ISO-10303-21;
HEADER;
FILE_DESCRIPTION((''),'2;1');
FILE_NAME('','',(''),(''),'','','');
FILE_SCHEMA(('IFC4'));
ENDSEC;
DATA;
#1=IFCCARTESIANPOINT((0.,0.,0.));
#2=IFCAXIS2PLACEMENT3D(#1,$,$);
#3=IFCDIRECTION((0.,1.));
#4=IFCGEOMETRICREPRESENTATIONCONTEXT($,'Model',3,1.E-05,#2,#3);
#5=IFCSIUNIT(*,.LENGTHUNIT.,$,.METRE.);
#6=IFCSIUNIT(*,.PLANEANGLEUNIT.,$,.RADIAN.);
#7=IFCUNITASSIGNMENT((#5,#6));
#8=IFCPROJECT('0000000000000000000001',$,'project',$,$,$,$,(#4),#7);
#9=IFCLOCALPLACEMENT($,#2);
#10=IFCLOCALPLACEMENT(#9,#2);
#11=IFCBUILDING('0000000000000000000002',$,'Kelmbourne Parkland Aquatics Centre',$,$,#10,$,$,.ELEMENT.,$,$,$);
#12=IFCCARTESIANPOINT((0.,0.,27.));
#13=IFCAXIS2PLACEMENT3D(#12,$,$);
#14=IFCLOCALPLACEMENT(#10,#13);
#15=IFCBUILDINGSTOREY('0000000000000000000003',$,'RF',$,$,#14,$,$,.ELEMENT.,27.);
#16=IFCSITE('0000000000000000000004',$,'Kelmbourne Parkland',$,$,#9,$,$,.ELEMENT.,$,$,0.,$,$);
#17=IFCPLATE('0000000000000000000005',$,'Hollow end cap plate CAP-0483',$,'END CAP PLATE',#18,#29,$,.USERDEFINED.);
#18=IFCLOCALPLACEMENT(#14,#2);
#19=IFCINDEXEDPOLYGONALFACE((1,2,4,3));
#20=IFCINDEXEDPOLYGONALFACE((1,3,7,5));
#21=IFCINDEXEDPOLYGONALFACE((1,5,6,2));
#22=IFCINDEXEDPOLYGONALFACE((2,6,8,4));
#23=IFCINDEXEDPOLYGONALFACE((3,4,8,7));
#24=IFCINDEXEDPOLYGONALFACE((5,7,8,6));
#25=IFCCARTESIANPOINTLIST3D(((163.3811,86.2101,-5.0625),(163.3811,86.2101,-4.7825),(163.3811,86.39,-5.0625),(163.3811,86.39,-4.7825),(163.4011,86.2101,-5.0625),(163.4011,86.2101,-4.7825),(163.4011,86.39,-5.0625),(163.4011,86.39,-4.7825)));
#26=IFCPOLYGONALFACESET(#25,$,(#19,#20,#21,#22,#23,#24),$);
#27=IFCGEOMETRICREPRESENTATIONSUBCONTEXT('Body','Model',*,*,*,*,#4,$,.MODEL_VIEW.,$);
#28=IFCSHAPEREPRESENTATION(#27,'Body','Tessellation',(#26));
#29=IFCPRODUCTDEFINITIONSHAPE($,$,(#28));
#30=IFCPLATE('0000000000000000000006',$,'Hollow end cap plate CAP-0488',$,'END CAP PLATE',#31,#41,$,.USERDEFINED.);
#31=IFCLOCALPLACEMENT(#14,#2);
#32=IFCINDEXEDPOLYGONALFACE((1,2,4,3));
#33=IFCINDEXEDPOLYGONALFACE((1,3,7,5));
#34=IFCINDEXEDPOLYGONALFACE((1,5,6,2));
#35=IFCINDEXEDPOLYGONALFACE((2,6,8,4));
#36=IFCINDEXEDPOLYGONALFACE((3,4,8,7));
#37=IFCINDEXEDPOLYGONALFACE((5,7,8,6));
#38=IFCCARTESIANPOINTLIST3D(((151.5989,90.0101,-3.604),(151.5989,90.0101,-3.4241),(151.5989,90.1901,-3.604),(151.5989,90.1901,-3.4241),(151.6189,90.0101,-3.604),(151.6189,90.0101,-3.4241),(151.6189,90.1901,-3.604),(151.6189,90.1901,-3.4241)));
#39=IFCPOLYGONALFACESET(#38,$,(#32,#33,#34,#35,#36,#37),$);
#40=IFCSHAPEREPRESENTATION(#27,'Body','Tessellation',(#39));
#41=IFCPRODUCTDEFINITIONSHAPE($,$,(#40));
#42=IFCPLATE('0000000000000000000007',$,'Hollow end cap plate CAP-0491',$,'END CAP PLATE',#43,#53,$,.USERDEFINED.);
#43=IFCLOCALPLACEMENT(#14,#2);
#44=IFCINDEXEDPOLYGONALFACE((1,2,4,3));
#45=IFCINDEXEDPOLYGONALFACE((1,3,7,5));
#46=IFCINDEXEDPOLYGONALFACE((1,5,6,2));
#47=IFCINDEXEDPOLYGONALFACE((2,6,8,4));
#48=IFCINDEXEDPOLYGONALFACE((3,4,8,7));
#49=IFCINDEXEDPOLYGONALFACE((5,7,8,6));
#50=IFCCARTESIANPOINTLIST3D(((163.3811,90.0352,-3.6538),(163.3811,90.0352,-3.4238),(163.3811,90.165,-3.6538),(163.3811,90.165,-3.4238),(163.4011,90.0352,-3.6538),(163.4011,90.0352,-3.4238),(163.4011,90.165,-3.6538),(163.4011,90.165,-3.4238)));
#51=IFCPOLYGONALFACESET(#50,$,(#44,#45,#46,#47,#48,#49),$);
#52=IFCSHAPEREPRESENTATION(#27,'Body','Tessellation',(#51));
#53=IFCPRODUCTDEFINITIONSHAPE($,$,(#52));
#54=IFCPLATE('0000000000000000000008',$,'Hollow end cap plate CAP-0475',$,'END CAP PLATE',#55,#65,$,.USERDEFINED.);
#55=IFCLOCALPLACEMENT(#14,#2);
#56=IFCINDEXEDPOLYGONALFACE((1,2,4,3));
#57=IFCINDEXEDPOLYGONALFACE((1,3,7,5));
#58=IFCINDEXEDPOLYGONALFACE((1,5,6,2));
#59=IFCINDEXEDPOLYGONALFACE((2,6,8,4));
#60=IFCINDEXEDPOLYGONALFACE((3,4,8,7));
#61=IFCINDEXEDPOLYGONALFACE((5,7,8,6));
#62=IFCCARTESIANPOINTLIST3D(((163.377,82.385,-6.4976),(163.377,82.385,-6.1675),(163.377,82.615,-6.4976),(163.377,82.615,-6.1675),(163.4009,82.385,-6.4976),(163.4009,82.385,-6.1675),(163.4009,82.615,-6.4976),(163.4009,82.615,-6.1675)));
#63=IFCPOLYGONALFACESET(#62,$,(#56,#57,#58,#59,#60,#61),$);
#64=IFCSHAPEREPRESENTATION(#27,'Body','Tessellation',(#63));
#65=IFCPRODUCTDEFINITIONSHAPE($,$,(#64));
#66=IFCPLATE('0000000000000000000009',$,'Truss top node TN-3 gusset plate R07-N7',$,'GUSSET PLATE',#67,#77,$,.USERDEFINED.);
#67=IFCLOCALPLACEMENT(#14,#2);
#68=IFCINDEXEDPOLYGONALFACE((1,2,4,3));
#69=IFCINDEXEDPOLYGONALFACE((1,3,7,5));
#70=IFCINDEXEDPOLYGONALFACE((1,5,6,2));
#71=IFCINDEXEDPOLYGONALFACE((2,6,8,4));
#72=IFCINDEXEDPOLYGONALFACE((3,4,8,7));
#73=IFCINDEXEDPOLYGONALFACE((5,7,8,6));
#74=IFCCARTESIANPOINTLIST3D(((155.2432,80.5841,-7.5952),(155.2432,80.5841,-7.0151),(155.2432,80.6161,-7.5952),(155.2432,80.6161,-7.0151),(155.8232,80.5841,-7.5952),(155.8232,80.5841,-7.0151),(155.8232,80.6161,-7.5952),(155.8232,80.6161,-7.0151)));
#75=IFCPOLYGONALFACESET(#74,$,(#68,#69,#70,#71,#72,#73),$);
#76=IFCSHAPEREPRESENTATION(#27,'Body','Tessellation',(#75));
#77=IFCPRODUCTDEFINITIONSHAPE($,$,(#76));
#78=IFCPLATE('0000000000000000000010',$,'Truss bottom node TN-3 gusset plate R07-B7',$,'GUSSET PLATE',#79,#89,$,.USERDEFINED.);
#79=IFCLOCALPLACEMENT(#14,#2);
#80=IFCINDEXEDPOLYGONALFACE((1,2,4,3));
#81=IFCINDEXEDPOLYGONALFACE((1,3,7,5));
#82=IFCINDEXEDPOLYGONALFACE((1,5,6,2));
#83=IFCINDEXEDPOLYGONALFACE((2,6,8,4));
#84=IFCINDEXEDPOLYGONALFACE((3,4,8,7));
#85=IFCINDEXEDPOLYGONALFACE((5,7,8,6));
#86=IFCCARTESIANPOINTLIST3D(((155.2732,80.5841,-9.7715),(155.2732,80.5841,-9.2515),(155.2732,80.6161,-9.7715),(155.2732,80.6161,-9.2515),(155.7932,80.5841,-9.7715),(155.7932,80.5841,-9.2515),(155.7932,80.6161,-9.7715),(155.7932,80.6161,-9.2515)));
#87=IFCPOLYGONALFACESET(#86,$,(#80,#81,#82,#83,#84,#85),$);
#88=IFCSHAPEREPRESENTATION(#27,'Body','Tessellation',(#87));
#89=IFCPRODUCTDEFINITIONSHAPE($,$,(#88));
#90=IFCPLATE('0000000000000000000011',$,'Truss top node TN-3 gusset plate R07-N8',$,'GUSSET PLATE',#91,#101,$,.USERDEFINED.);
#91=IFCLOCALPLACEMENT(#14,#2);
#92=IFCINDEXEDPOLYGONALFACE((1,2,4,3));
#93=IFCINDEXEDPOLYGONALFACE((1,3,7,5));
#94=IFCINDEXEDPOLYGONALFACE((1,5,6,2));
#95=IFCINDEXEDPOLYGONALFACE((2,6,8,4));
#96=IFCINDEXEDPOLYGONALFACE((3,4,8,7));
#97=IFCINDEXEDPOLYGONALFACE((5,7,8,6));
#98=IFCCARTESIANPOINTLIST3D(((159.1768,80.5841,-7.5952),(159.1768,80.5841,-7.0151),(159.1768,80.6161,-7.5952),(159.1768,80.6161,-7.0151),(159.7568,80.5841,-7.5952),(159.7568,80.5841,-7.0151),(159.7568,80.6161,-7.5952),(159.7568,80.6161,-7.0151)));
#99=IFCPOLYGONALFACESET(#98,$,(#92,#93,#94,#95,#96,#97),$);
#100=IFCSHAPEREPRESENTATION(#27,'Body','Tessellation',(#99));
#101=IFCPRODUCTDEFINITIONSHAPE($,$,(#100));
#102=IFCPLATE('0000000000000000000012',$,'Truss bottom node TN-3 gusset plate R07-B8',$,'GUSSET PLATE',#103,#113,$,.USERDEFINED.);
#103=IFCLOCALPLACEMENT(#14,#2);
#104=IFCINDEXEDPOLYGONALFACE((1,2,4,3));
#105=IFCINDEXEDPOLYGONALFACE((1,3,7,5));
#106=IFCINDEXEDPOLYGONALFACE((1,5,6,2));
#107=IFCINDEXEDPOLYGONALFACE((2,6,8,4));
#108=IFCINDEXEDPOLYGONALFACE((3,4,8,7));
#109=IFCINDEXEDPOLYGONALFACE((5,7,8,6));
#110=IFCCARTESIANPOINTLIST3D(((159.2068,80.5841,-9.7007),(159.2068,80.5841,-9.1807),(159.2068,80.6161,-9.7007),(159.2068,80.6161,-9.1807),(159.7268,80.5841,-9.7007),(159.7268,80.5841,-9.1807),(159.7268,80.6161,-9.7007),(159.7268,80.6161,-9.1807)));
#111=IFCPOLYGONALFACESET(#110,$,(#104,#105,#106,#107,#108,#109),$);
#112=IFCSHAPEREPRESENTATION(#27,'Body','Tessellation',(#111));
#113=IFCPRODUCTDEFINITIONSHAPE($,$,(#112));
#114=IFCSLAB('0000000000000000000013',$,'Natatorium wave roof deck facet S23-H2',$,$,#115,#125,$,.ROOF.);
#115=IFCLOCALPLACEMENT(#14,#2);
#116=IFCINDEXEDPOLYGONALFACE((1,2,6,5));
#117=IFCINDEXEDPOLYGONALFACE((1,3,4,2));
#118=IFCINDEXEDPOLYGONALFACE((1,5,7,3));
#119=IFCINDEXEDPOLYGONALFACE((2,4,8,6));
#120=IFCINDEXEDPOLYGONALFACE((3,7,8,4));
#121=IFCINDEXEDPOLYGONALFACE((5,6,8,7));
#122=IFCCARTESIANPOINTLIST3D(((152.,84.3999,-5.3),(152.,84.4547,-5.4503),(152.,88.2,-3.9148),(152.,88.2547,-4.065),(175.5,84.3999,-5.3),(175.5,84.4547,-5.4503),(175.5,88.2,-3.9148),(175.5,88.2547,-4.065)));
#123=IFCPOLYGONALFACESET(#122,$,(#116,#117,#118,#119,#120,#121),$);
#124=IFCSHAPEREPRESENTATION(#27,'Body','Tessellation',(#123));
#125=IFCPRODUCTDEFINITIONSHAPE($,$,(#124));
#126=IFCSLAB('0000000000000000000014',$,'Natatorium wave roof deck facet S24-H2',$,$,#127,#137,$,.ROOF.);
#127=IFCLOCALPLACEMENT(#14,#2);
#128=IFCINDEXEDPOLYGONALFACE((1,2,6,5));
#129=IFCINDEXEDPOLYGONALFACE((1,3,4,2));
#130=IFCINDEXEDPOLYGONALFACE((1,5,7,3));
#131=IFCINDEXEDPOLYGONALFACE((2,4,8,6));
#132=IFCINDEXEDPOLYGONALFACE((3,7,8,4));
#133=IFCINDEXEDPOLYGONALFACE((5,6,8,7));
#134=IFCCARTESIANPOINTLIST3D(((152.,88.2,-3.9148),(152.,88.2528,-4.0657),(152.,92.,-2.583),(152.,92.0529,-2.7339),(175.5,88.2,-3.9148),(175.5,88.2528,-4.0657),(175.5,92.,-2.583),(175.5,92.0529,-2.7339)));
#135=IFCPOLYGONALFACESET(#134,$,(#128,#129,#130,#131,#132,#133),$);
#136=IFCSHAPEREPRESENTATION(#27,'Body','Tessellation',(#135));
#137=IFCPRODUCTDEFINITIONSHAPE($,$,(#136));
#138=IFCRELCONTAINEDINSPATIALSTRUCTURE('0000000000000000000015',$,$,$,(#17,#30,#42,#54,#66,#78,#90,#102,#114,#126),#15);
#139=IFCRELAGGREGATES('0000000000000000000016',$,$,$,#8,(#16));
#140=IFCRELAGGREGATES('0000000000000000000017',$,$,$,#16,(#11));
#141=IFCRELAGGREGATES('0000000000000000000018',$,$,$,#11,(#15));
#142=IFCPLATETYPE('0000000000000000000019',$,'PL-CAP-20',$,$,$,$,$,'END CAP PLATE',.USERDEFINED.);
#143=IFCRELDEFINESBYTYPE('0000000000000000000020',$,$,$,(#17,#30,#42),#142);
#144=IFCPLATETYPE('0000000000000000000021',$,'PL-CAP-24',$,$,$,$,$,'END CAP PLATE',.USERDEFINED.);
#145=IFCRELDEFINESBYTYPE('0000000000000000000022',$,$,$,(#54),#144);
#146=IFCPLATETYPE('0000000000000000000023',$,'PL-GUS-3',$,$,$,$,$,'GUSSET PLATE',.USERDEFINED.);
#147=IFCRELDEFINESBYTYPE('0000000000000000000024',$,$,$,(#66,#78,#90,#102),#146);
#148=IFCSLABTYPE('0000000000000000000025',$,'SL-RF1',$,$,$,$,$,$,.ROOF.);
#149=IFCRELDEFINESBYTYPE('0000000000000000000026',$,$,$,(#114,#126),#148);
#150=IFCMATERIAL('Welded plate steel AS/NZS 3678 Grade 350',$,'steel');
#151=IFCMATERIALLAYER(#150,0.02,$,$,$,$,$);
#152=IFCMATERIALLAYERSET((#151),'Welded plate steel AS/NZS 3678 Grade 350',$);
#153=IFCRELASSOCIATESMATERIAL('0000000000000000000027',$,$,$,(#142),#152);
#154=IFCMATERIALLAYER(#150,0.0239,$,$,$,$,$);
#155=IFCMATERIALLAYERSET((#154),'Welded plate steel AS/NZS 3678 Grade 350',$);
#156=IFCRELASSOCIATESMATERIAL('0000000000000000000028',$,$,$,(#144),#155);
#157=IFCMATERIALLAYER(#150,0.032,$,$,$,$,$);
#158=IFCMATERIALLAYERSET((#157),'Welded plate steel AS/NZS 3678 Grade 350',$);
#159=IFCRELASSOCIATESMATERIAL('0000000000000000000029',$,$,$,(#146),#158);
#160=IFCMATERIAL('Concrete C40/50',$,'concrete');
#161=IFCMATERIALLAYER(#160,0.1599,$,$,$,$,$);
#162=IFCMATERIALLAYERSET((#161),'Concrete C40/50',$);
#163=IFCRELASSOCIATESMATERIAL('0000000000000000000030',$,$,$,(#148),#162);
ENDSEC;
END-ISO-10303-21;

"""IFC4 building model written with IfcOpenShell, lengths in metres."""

from ifc_helpers import new_model, si_unit, direction, frame, origin, origin_2d, place, context, subcontext, project, spatial, polyline, rectangle, outline, extrude, material, layer, layer_set, type_object, element, save


model = new_model("IFC4")

# Units and contexts
model_context = context("Model", 3, precision=1e-05, world=origin(), true_north=direction((0.0, 1.0)))
body_context = subcontext(model_context, "Body", "Model", "MODEL_VIEW")
ifc_project = project(units=[si_unit("LENGTHUNIT", "METRE"), si_unit("PLANEANGLEUNIT", "RADIAN")], contexts=[model_context])

# Site, building, storey
site_placement = place(None, origin())
site = spatial("IfcSite", under=ifc_project, at=site_placement, Name="Kelmbourne Parkland", CompositionType="ELEMENT", RefElevation=0.0)
building_placement = place(site_placement, origin())
building = spatial("IfcBuilding", under=site, at=building_placement, Name="Kelmbourne Parkland Aquatics Centre", CompositionType="ELEMENT")
storey_placement = place(building_placement, frame((0.0, 0.0, 27.0)))
storey = spatial("IfcBuildingStorey", under=building, at=storey_placement, Name="RF", CompositionType="ELEMENT", Elevation=27.0)

# Shared definitions
ifc_material_1 = material(Name="Welded plate steel AS/NZS 3678 Grade 350", Category="steel")

# Plates
ifc_layer_1 = layer(ifc_material_1, 0.02)
ifc_layer_set_1 = layer_set([ifc_layer_1], Name="Welded plate steel AS/NZS 3678 Grade 350")
plate_type_1 = type_object("IfcPlateType", Name="PL-CAP-20", ElementType="END CAP PLATE", PredefinedType="USERDEFINED", material=ifc_layer_set_1)
plate_1_placement = place(storey_placement, frame((163.3911, 86.3, -5.0625), z_axis=(0.0, 0.0, 1.0), x_axis=(-1.0, 0.0, 0.0)))
element("IfcPlate", 1, at=plate_1_placement, inside=storey, type_object=plate_type_1, Name="Hollow end cap plate CAP-0483", ObjectType="END CAP PLATE", PredefinedType="USERDEFINED", context=body_context, shape_type="SweptSolid", body=[
    extrude(rectangle(XDim=0.02, YDim=0.1799, at=origin_2d()), origin(), (0.0, 0.0, 1.0), 0.28),
])
plate_2_placement = place(storey_placement, frame((151.6089, 90.1001, -3.604), z_axis=(0.0, 0.0, 1.0), x_axis=(1.0, 0.0, 0.0)))
element("IfcPlate", 2, at=plate_2_placement, inside=storey, type_object=plate_type_1, Name="Hollow end cap plate CAP-0488", ObjectType="END CAP PLATE", PredefinedType="USERDEFINED", context=body_context, shape_type="SweptSolid", body=[
    extrude(rectangle(XDim=0.02, YDim=0.1799, at=origin_2d()), origin(), (0.0, 0.0, 1.0), 0.1799),
])
plate_3_placement = place(storey_placement, frame((163.3911, 90.1001, -3.6538), z_axis=(0.0, 0.0, 1.0), x_axis=(-1.0, 0.0, 0.0)))
element("IfcPlate", 3, at=plate_3_placement, inside=storey, type_object=plate_type_1, Name="Hollow end cap plate CAP-0491", ObjectType="END CAP PLATE", PredefinedType="USERDEFINED", context=body_context, shape_type="SweptSolid", body=[
    extrude(rectangle(XDim=0.02, YDim=0.1299, at=origin_2d()), origin(), (0.0, 0.0, 1.0), 0.23),
])
ifc_layer_2 = layer(ifc_material_1, 0.0239)
ifc_layer_set_2 = layer_set([ifc_layer_2], Name="Welded plate steel AS/NZS 3678 Grade 350")
plate_type_2 = type_object("IfcPlateType", Name="PL-CAP-24", ElementType="END CAP PLATE", PredefinedType="USERDEFINED", material=ifc_layer_set_2)
plate_4_placement = place(storey_placement, frame((163.3889, 82.5, -6.4976), z_axis=(0.0, 0.0, 1.0), x_axis=(-1.0, 0.0, 0.0)))
element("IfcPlate", 4, at=plate_4_placement, inside=storey, type_object=plate_type_2, Name="Hollow end cap plate CAP-0475", ObjectType="END CAP PLATE", PredefinedType="USERDEFINED", context=body_context, shape_type="SweptSolid", body=[
    extrude(rectangle(XDim=0.0239, YDim=0.23, at=origin_2d()), origin(), (0.0, 0.0, 1.0), 0.3301),
])
ifc_layer_3 = layer(ifc_material_1, 0.032)
ifc_layer_set_3 = layer_set([ifc_layer_3], Name="Welded plate steel AS/NZS 3678 Grade 350")
plate_type_3 = type_object("IfcPlateType", Name="PL-GUS-3", ElementType="GUSSET PLATE", PredefinedType="USERDEFINED", material=ifc_layer_set_3)
plate_5_placement = place(storey_placement, frame((155.5332, 80.6001, -7.5952), z_axis=(0.0, 0.0, 1.0), x_axis=(1.0, 0.0, 0.0)))
element("IfcPlate", 5, at=plate_5_placement, inside=storey, type_object=plate_type_3, Name="Truss top node TN-3 gusset plate R07-N7", ObjectType="GUSSET PLATE", PredefinedType="USERDEFINED", context=body_context, shape_type="SweptSolid", body=[
    extrude(rectangle(XDim=0.5801, YDim=0.032, at=origin_2d()), origin(), (0.0, 0.0, 1.0), 0.5801),
])
plate_6_placement = place(storey_placement, frame((155.5332, 80.6001, -9.7715), z_axis=(0.0, 0.0, 1.0), x_axis=(1.0, 0.0, 0.0)))
element("IfcPlate", 6, at=plate_6_placement, inside=storey, type_object=plate_type_3, Name="Truss bottom node TN-3 gusset plate R07-B7", ObjectType="GUSSET PLATE", PredefinedType="USERDEFINED", context=body_context, shape_type="SweptSolid", body=[
    extrude(rectangle(XDim=0.52, YDim=0.032, at=origin_2d()), origin(), (0.0, 0.0, 1.0), 0.52),
])
plate_7_placement = place(storey_placement, frame((159.4668, 80.6001, -7.5952), z_axis=(0.0, 0.0, 1.0), x_axis=(1.0, 0.0, 0.0)))
element("IfcPlate", 7, at=plate_7_placement, inside=storey, type_object=plate_type_3, Name="Truss top node TN-3 gusset plate R07-N8", ObjectType="GUSSET PLATE", PredefinedType="USERDEFINED", context=body_context, shape_type="SweptSolid", body=[
    extrude(rectangle(XDim=0.5801, YDim=0.032, at=origin_2d()), origin(), (0.0, 0.0, 1.0), 0.5801),
])
plate_8_placement = place(storey_placement, frame((159.4668, 80.6001, -9.7007), z_axis=(0.0, 0.0, 1.0), x_axis=(1.0, 0.0, 0.0)))
element("IfcPlate", 8, at=plate_8_placement, inside=storey, type_object=plate_type_3, Name="Truss bottom node TN-3 gusset plate R07-B8", ObjectType="GUSSET PLATE", PredefinedType="USERDEFINED", context=body_context, shape_type="SweptSolid", body=[
    extrude(rectangle(XDim=0.52, YDim=0.032, at=origin_2d()), origin(), (0.0, 0.0, 1.0), 0.52),
])

# Slabs
ifc_material_2 = material(Name="Concrete C40/50", Category="concrete")
ifc_layer_4 = layer(ifc_material_2, 0.1599)
ifc_layer_set_4 = layer_set([ifc_layer_4], Name="Concrete C40/50")
slab_type = type_object("IfcSlabType", Name="SL-RF1", PredefinedType="ROOF", material=ifc_layer_set_4)
slab_1_placement = place(storey_placement, frame((152.0, 84.3999, -5.3), z_axis=(0.0, -0.342489, 0.939522), x_axis=(1.0, 0.0, 0.0)))
element("IfcSlab", 9, at=slab_1_placement, inside=storey, type_object=slab_type, Name="Natatorium wave roof deck facet S23-H2", PredefinedType="ROOF", context=body_context, shape_type="SweptSolid", body=[
    extrude(outline(polyline([(0.0, 0.0), (23.5, 0.0), (23.5, 4.0447), (0.0, 4.0447), (0.0, 0.0)])), origin(), (0.0, 0.0, -1.0), 0.1599),
])
slab_2_placement = place(storey_placement, frame((152.0, 88.2, -3.9148), z_axis=(0.0, -0.330742, 0.943721), x_axis=(1.0, 0.0, 0.0)))
element("IfcSlab", 10, at=slab_2_placement, inside=storey, type_object=slab_type, Name="Natatorium wave roof deck facet S24-H2", PredefinedType="ROOF", context=body_context, shape_type="SweptSolid", body=[
    extrude(outline(polyline([(0.0, 0.0), (23.5, 0.0), (23.5, 4.0267), (0.0, 4.0267), (0.0, 0.0)])), origin(), (0.0, 0.0, -1.0), 0.1599),
])

save(model, "model.ifc")
